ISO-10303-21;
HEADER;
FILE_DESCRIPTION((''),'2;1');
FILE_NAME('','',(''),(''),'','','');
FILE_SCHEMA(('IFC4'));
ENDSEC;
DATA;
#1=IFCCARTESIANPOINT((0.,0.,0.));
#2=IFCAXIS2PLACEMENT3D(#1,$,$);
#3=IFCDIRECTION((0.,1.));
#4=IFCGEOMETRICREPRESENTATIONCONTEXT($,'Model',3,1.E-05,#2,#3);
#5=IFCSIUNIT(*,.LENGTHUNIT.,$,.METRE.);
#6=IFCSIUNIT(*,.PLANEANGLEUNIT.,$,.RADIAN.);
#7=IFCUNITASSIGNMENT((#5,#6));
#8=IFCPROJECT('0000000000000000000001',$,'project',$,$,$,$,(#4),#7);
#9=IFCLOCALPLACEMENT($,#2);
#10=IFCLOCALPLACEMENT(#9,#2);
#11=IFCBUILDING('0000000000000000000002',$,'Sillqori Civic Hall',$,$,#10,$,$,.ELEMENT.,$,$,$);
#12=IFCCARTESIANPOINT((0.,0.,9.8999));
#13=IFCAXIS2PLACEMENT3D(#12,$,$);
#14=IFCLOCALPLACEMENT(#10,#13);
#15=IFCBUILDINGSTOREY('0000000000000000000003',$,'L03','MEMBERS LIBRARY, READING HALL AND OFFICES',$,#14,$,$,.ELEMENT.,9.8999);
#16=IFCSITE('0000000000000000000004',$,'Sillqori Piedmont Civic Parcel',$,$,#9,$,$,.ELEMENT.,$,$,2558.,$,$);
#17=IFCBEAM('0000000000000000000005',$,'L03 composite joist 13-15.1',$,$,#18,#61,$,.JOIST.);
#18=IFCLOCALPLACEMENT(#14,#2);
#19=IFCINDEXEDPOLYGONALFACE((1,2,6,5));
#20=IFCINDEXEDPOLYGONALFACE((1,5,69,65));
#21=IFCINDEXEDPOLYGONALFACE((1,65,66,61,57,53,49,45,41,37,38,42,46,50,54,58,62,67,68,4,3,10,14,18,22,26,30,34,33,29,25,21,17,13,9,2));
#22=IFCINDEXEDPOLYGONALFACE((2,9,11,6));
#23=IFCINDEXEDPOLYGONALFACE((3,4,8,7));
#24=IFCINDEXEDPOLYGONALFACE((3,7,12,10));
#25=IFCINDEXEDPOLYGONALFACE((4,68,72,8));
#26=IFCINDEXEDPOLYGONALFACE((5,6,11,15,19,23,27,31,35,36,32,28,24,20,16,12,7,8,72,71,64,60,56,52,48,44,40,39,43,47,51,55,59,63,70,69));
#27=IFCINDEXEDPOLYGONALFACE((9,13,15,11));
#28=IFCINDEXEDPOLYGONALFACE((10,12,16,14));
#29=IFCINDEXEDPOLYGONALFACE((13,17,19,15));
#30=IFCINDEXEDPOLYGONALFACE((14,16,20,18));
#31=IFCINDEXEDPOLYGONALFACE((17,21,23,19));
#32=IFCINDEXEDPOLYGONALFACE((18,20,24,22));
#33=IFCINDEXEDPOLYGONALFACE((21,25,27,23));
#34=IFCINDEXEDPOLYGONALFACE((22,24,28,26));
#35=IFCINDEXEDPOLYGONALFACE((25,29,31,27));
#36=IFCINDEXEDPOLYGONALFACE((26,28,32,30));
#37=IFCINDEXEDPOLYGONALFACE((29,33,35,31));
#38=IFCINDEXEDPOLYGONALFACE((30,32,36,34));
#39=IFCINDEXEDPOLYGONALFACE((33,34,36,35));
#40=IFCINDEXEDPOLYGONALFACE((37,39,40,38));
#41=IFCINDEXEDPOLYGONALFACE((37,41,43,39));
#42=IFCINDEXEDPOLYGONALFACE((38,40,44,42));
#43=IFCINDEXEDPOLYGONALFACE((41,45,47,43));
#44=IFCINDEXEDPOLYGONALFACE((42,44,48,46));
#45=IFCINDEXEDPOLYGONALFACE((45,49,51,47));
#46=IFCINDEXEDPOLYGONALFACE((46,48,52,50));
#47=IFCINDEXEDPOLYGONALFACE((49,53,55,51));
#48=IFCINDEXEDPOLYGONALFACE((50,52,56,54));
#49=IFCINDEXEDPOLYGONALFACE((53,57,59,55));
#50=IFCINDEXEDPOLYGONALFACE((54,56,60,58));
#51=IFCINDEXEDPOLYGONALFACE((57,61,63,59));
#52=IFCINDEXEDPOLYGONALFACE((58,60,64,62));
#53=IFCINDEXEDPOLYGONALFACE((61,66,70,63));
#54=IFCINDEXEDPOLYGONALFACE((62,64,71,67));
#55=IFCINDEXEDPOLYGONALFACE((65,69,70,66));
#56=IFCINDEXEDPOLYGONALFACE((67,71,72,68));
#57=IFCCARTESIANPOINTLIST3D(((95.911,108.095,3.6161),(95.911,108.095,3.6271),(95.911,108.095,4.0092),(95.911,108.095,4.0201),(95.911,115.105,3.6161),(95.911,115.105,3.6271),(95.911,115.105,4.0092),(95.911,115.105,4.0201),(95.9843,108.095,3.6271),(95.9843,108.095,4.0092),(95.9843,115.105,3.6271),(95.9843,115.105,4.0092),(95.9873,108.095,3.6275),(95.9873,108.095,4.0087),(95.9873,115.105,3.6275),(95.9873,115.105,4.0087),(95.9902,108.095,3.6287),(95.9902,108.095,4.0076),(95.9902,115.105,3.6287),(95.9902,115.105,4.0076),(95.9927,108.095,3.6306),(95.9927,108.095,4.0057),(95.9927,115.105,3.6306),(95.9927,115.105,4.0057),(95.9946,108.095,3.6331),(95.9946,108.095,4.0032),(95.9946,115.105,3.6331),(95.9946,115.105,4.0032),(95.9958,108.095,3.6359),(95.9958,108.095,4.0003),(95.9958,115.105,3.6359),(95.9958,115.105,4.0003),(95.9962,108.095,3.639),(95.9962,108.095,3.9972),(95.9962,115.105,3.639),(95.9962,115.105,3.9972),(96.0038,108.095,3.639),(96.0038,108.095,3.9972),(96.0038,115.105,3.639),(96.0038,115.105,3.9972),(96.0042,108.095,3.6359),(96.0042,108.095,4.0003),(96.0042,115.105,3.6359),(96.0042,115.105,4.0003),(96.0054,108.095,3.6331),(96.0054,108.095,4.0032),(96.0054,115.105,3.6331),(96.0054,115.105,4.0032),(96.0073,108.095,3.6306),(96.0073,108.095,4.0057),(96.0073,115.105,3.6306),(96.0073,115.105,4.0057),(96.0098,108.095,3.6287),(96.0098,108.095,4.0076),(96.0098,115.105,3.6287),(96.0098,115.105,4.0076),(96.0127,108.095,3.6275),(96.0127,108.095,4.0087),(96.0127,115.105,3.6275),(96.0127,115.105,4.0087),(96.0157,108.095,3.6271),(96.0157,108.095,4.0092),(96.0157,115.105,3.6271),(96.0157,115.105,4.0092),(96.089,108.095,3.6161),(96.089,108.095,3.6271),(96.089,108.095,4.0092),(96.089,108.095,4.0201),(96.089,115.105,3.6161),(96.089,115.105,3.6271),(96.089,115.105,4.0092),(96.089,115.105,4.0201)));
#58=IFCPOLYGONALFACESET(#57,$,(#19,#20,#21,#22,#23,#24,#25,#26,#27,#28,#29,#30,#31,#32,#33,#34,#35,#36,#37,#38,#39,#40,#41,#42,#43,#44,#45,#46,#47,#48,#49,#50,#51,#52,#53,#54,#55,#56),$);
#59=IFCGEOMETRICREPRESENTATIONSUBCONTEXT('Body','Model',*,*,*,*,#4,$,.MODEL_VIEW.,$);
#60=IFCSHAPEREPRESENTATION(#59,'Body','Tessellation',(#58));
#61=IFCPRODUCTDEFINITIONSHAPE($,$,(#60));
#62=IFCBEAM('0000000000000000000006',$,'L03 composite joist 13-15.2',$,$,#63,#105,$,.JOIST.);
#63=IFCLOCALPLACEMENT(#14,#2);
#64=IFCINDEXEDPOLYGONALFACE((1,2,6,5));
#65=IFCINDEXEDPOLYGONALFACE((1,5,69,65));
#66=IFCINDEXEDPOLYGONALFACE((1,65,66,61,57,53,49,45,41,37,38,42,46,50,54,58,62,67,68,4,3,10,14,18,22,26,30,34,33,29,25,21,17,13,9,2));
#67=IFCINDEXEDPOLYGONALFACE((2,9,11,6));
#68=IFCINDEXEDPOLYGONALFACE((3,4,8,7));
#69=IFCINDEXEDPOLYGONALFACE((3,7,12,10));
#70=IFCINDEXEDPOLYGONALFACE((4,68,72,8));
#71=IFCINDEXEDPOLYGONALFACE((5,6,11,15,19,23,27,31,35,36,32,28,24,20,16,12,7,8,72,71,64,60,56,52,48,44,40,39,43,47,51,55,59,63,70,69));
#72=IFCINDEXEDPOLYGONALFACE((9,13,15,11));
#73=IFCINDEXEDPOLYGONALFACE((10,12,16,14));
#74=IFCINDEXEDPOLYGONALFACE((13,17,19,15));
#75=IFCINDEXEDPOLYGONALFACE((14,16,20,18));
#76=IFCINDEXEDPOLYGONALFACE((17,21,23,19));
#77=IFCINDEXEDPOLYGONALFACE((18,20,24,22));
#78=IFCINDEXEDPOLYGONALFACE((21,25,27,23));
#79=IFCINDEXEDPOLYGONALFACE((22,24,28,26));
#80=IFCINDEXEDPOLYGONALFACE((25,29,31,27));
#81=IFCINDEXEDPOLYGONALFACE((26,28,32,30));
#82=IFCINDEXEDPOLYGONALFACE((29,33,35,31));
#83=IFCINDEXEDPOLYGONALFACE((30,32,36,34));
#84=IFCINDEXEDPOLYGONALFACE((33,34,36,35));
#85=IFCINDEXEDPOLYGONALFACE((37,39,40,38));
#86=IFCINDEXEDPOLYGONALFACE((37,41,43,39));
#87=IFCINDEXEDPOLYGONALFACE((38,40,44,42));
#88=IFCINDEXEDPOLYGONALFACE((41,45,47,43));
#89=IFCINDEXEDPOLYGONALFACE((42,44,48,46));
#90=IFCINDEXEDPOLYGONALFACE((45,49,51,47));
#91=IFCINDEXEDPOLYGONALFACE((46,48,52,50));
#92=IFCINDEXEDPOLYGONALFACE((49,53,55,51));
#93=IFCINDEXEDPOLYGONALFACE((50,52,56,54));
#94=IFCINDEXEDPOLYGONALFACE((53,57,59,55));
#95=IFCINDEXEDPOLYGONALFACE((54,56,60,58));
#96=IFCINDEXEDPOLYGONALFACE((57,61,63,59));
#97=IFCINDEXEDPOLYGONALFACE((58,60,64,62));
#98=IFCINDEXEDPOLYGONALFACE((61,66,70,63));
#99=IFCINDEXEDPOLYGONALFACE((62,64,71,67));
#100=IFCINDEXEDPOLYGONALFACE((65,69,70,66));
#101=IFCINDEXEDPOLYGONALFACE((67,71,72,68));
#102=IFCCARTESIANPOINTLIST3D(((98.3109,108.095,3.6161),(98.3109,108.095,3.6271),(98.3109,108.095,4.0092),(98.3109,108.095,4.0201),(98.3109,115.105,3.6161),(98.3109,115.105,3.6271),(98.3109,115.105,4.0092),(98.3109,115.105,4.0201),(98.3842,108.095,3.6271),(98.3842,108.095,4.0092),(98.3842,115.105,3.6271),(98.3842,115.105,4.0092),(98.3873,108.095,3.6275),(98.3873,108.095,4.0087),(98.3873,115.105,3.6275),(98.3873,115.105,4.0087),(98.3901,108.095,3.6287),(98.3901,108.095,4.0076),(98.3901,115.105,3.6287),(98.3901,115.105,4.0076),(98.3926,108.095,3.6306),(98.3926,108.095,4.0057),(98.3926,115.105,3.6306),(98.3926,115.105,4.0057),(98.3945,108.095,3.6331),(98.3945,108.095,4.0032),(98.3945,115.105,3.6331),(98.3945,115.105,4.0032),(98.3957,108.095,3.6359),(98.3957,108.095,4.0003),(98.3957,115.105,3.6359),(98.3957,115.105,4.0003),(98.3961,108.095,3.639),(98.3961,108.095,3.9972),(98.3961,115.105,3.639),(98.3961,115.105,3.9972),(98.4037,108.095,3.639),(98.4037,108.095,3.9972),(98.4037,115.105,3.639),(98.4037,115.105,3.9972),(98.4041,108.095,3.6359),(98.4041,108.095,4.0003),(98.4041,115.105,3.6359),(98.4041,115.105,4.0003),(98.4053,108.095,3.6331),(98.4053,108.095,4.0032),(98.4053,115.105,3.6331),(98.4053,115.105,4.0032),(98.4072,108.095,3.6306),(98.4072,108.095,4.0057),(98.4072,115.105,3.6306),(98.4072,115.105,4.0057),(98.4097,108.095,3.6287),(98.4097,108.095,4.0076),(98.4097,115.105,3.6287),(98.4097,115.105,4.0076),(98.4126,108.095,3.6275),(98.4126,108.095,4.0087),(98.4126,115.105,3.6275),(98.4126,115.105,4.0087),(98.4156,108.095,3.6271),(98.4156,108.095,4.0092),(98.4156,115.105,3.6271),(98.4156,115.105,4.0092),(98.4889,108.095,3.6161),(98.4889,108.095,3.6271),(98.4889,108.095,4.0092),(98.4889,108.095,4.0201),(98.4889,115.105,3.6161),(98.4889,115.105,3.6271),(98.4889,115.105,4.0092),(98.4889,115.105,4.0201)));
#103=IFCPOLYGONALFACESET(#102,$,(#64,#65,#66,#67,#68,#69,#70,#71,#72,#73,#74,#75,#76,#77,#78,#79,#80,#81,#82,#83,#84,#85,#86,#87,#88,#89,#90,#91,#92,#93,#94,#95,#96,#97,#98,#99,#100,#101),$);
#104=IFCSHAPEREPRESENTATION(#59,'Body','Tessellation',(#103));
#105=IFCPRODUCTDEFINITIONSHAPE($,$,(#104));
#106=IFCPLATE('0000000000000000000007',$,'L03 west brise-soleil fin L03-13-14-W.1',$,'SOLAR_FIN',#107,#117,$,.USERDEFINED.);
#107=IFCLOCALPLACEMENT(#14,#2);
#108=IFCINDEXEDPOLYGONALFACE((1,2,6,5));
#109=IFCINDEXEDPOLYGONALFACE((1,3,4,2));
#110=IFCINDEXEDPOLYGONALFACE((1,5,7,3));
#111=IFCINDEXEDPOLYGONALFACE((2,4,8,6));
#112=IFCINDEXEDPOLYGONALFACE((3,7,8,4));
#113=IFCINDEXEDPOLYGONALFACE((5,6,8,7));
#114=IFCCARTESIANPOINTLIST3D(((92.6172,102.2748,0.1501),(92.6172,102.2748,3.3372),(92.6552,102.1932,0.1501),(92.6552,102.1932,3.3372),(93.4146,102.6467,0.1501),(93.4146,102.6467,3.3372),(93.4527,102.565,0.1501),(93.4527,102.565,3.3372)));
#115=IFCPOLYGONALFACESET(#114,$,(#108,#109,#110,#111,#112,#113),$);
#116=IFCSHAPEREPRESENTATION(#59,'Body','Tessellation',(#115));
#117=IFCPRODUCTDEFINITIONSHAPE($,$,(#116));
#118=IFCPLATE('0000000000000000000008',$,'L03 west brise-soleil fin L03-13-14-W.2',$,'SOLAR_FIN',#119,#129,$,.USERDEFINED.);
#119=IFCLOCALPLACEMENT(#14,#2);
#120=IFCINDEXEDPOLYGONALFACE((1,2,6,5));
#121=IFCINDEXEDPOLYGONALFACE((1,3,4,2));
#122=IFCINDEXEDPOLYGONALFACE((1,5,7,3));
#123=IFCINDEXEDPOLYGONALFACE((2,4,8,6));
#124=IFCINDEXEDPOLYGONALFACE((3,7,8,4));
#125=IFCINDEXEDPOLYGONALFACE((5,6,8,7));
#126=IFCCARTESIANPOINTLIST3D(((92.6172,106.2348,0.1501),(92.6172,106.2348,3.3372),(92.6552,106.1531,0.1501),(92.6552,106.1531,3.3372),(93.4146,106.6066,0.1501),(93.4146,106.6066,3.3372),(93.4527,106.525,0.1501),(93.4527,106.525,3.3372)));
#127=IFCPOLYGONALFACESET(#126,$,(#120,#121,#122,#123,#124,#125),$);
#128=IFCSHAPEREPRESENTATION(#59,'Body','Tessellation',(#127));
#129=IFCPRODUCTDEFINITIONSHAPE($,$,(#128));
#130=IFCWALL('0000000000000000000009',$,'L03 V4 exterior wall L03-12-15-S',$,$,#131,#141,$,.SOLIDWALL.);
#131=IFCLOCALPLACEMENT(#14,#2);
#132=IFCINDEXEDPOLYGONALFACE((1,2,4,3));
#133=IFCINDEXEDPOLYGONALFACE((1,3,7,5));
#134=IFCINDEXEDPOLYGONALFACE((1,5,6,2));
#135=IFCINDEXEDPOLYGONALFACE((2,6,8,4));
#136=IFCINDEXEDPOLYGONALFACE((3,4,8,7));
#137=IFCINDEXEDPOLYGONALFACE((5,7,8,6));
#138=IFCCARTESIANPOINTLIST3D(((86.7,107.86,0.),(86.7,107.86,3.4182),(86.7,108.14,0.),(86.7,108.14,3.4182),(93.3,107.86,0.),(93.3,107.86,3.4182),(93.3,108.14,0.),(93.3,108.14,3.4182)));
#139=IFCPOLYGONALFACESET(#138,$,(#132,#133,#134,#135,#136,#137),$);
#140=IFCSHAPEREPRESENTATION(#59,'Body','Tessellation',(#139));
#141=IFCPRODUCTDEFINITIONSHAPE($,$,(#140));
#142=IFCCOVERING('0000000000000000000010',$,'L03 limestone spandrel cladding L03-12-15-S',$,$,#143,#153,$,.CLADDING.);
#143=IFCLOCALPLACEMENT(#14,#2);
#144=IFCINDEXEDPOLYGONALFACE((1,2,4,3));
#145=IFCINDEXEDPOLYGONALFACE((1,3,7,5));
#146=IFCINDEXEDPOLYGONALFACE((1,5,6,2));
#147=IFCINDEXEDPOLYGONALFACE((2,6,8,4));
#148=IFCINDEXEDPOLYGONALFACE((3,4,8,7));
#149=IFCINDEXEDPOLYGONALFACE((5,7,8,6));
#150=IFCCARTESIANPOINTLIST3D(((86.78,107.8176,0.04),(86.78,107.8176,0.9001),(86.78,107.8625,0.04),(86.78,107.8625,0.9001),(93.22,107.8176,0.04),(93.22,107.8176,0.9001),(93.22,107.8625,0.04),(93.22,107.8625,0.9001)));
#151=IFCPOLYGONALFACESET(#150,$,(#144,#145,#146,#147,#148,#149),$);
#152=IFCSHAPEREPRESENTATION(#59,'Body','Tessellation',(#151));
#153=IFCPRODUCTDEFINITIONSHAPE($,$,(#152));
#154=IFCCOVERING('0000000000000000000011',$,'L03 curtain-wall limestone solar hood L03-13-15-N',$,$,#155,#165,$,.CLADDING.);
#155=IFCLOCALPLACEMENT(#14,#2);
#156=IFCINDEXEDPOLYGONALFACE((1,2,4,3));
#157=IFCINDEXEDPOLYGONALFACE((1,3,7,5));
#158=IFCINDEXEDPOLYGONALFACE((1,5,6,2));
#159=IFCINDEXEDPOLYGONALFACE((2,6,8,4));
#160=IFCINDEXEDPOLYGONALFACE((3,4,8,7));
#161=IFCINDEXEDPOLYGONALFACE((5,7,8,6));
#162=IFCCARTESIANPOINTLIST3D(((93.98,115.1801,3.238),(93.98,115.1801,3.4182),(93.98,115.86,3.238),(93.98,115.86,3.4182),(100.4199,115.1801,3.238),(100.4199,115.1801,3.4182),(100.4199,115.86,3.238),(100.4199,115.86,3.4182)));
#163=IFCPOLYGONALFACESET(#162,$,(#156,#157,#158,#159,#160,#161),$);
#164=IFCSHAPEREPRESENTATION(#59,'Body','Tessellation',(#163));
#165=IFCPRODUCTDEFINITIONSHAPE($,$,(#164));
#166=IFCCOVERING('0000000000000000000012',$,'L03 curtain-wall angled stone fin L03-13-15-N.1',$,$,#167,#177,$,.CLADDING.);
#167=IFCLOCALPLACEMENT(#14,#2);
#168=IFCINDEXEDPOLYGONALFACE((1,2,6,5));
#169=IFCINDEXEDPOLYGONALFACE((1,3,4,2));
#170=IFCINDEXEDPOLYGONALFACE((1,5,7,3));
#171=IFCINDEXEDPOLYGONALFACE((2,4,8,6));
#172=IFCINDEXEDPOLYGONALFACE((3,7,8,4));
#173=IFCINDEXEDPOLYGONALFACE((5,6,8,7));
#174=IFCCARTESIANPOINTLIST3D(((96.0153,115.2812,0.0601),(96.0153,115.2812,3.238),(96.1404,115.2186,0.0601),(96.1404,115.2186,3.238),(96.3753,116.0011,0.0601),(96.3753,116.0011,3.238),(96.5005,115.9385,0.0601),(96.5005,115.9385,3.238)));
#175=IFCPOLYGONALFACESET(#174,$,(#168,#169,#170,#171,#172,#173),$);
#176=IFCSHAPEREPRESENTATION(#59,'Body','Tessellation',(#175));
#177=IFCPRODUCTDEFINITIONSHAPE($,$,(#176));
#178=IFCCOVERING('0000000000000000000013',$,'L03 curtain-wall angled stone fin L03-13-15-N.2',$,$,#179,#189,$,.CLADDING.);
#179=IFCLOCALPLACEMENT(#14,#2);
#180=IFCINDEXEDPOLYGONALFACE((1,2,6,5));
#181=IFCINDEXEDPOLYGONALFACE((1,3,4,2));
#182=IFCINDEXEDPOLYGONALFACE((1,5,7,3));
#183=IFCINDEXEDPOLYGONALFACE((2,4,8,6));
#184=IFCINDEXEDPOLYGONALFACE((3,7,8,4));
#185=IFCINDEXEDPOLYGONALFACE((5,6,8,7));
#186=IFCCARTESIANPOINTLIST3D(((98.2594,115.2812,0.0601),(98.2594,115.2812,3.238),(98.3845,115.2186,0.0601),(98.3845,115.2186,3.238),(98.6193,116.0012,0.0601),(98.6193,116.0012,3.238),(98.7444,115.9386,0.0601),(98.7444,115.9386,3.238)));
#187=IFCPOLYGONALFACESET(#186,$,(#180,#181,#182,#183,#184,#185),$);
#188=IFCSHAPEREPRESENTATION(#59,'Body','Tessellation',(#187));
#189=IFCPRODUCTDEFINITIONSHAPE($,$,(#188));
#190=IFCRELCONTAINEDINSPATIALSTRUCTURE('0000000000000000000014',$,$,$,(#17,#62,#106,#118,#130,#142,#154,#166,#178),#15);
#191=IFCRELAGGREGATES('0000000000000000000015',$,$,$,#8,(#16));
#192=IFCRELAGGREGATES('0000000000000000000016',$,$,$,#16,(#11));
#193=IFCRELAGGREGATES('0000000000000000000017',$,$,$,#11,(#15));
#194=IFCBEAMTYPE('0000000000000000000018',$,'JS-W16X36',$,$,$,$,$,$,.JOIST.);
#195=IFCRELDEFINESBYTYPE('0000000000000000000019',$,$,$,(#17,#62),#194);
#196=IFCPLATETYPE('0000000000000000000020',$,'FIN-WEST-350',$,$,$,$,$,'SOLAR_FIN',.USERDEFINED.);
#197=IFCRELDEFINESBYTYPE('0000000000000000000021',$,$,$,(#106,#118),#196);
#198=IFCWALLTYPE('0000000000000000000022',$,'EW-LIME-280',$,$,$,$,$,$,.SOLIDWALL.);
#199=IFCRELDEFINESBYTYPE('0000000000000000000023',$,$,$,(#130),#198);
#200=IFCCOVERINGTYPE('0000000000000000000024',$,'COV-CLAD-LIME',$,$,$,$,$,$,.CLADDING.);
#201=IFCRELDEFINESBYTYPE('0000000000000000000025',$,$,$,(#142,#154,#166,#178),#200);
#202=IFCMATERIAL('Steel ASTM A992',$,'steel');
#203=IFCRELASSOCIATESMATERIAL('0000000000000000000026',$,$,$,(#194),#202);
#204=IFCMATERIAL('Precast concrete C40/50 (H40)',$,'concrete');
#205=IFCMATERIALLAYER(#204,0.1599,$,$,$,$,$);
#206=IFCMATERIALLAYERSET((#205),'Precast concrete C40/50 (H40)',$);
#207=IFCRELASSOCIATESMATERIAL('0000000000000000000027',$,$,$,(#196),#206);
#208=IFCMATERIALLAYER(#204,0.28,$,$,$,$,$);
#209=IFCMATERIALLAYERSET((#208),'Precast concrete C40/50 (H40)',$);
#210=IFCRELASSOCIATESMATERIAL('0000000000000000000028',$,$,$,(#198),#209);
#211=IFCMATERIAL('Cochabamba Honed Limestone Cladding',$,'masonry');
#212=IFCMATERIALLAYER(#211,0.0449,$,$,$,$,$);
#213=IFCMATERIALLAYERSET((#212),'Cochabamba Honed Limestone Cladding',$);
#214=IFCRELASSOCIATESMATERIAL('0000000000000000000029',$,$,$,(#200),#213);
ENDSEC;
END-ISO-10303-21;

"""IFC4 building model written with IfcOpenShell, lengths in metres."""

from ifc_helpers import new_model, si_unit, direction, frame, frame_2d, origin, origin_2d, place, context, subcontext, project, spatial, rectangle, i_section, extrude, material, layer, layer_set, material_profile, profile_set, type_object, element, save


model = new_model("IFC4")

# Units and contexts
model_context = context("Model", 3, precision=1e-05, world=origin(), true_north=direction((0.0, 1.0)))
body_context = subcontext(model_context, "Body", "Model", "MODEL_VIEW")
ifc_project = project(units=[si_unit("LENGTHUNIT", "METRE"), si_unit("PLANEANGLEUNIT", "RADIAN")], contexts=[model_context])

# Site, building, storey
site_placement = place(None, origin())
site = spatial("IfcSite", under=ifc_project, at=site_placement, Name="Sillqori Piedmont Civic Parcel", CompositionType="ELEMENT", RefElevation=2558.0)
building_placement = place(site_placement, origin())
building = spatial("IfcBuilding", under=site, at=building_placement, Name="Sillqori Civic Hall", CompositionType="ELEMENT")
storey_placement = place(building_placement, frame((0.0, 0.0, 9.8999)))
storey = spatial("IfcBuildingStorey", under=building, at=storey_placement, Name="L03", Description="MEMBERS LIBRARY, READING HALL AND OFFICES", CompositionType="ELEMENT", Elevation=9.8999)

# Shared definitions
ifc_material_1 = material(Name="Steel ASTM A992", Category="steel")

# Beams
ifc_material_profile_1 = material_profile(ifc_material_1, i_section(OverallWidth=0.178, OverallDepth=0.4041, WebThickness=0.0076, FlangeThickness=0.011, FilletRadius=0.012, at=origin_2d()), Name="W16X36")
ifc_profile_set_1 = profile_set([ifc_material_profile_1], Name="Steel ASTM A992")
beam_type_1 = type_object("IfcBeamType", Name="JS-W16X36", PredefinedType="JOIST", material=ifc_profile_set_1)
for number, where, z_axis, x_axis, name in (
    (1, (96.0, 108.095, 3.8181), (0.0, 1.0, 0.0), (-1.0, 0.0, 0.0), "L03 composite joist 13-15.1"),
    (2, (98.3999, 108.095, 3.8181), (0.0, 1.0, 0.0), (-1.0, 0.0, 0.0), "L03 composite joist 13-15.2"),
):
    element("IfcBeam", number, at=place(storey_placement, frame(where, z_axis=z_axis, x_axis=x_axis)), inside=storey, type_object=beam_type_1, Name=name, PredefinedType="JOIST", context=body_context, shape_type="SweptSolid", body=[
        extrude(i_section(OverallWidth=0.178, OverallDepth=0.4041, WebThickness=0.0076, FlangeThickness=0.011, FilletRadius=0.012, at=origin_2d()), origin(), (0.0, 0.0, 1.0), 7.01),
    ])

# Plates
ifc_material_2 = material(Name="Precast concrete C40/50 (H40)", Category="concrete")
ifc_layer_1 = layer(ifc_material_2, 0.1599)
ifc_layer_set_1 = layer_set([ifc_layer_1], Name="Precast concrete C40/50 (H40)")
plate_type_1 = type_object("IfcPlateType", Name="FIN-WEST-350", ElementType="SOLAR_FIN", PredefinedType="USERDEFINED", material=ifc_layer_set_1)
for number, where, z_axis, x_axis, name in (
    (3, (93.0349, 102.4199, 0.1501), (0.0, 0.0, 1.0), (-0.422618, 0.906308, 0.0), "L03 west brise-soleil fin L03-13-14-W.1"),
    (4, (93.0349, 106.3799, 0.1501), (0.0, 0.0, 1.0), (-0.422618, 0.906308, 0.0), "L03 west brise-soleil fin L03-13-14-W.2"),
):
    element("IfcPlate", number, at=place(storey_placement, frame(where, z_axis=z_axis, x_axis=x_axis)), inside=storey, type_object=plate_type_1, Name=name, ObjectType="SOLAR_FIN", PredefinedType="USERDEFINED", context=body_context, shape_type="SweptSolid", body=[
        extrude(rectangle(XDim=0.0901, YDim=0.8799, at=origin_2d()), origin(), (0.0, 0.0, 1.0), 3.187),
    ])

# Wall
ifc_layer_2 = layer(ifc_material_2, 0.28)
ifc_layer_set_2 = layer_set([ifc_layer_2], Name="Precast concrete C40/50 (H40)")
wall_type = type_object("IfcWallType", Name="EW-LIME-280", PredefinedType="SOLIDWALL", material=ifc_layer_set_2)
wall_placement = place(storey_placement, frame((93.3, 108.0, 0.0), z_axis=(0.0, 0.0, 1.0), x_axis=(-1.0, 0.0, 0.0)))
element("IfcWall", 5, at=wall_placement, inside=storey, type_object=wall_type, Name="L03 V4 exterior wall L03-12-15-S", PredefinedType="SOLIDWALL", context=body_context, shape_type="SweptSolid", body=[
    extrude(rectangle(XDim=6.6001, YDim=0.28, at=frame_2d((3.3, 0.0))), origin(), (0.0, 0.0, 1.0), 3.4182),
])

# Coverings
ifc_material_3 = material(Name="Cochabamba Honed Limestone Cladding", Category="masonry")
ifc_layer_3 = layer(ifc_material_3, 0.0449)
ifc_layer_set_3 = layer_set([ifc_layer_3], Name="Cochabamba Honed Limestone Cladding")
covering_type = type_object("IfcCoveringType", Name="COV-CLAD-LIME", PredefinedType="CLADDING", material=ifc_layer_set_3)
covering_1_placement = place(storey_placement, frame((93.22, 107.8401, 0.04), z_axis=(0.0, 0.0, 1.0), x_axis=(-1.0, 0.0, 0.0)))
element("IfcCovering", 6, at=covering_1_placement, inside=storey, type_object=covering_type, Name="L03 limestone spandrel cladding L03-12-15-S", PredefinedType="CLADDING", context=body_context, shape_type="SweptSolid", body=[
    extrude(rectangle(XDim=6.4399, YDim=0.0449, at=frame_2d((3.22, 0.0))), origin(), (0.0, 0.0, 1.0), 0.8601),
])
covering_2_placement = place(storey_placement, frame((93.98, 115.52, 3.238), z_axis=(0.0, 0.0, 1.0), x_axis=(1.0, 0.0, 0.0)))
element("IfcCovering", 7, at=covering_2_placement, inside=storey, type_object=covering_type, Name="L03 curtain-wall limestone solar hood L03-13-15-N", PredefinedType="CLADDING", context=body_context, shape_type="SweptSolid", body=[
    extrude(rectangle(XDim=6.4399, YDim=0.6799, at=frame_2d((3.22, 0.0))), origin(), (0.0, 0.0, 1.0), 0.1802),
])
for number, where, z_axis, x_axis, name in (
    (8, (96.0779, 115.25, 0.0601), (0.0, 0.0, 1.0), (0.447335, 0.894367, 0.0), "L03 curtain-wall angled stone fin L03-13-15-N.1"),
    (9, (98.322, 115.25, 0.0601), (0.0, 0.0, 1.0), (0.447092, 0.894488, 0.0), "L03 curtain-wall angled stone fin L03-13-15-N.2"),
):
    element("IfcCovering", number, at=place(storey_placement, frame(where, z_axis=z_axis, x_axis=x_axis)), inside=storey, type_object=covering_type, Name=name, PredefinedType="CLADDING", context=body_context, shape_type="SweptSolid", body=[
        extrude(rectangle(XDim=0.8049, YDim=0.1399, at=frame_2d((0.4023, 0.0))), origin(), (0.0, 0.0, 1.0), 3.178),
    ])

save(model, "model.ifc")
